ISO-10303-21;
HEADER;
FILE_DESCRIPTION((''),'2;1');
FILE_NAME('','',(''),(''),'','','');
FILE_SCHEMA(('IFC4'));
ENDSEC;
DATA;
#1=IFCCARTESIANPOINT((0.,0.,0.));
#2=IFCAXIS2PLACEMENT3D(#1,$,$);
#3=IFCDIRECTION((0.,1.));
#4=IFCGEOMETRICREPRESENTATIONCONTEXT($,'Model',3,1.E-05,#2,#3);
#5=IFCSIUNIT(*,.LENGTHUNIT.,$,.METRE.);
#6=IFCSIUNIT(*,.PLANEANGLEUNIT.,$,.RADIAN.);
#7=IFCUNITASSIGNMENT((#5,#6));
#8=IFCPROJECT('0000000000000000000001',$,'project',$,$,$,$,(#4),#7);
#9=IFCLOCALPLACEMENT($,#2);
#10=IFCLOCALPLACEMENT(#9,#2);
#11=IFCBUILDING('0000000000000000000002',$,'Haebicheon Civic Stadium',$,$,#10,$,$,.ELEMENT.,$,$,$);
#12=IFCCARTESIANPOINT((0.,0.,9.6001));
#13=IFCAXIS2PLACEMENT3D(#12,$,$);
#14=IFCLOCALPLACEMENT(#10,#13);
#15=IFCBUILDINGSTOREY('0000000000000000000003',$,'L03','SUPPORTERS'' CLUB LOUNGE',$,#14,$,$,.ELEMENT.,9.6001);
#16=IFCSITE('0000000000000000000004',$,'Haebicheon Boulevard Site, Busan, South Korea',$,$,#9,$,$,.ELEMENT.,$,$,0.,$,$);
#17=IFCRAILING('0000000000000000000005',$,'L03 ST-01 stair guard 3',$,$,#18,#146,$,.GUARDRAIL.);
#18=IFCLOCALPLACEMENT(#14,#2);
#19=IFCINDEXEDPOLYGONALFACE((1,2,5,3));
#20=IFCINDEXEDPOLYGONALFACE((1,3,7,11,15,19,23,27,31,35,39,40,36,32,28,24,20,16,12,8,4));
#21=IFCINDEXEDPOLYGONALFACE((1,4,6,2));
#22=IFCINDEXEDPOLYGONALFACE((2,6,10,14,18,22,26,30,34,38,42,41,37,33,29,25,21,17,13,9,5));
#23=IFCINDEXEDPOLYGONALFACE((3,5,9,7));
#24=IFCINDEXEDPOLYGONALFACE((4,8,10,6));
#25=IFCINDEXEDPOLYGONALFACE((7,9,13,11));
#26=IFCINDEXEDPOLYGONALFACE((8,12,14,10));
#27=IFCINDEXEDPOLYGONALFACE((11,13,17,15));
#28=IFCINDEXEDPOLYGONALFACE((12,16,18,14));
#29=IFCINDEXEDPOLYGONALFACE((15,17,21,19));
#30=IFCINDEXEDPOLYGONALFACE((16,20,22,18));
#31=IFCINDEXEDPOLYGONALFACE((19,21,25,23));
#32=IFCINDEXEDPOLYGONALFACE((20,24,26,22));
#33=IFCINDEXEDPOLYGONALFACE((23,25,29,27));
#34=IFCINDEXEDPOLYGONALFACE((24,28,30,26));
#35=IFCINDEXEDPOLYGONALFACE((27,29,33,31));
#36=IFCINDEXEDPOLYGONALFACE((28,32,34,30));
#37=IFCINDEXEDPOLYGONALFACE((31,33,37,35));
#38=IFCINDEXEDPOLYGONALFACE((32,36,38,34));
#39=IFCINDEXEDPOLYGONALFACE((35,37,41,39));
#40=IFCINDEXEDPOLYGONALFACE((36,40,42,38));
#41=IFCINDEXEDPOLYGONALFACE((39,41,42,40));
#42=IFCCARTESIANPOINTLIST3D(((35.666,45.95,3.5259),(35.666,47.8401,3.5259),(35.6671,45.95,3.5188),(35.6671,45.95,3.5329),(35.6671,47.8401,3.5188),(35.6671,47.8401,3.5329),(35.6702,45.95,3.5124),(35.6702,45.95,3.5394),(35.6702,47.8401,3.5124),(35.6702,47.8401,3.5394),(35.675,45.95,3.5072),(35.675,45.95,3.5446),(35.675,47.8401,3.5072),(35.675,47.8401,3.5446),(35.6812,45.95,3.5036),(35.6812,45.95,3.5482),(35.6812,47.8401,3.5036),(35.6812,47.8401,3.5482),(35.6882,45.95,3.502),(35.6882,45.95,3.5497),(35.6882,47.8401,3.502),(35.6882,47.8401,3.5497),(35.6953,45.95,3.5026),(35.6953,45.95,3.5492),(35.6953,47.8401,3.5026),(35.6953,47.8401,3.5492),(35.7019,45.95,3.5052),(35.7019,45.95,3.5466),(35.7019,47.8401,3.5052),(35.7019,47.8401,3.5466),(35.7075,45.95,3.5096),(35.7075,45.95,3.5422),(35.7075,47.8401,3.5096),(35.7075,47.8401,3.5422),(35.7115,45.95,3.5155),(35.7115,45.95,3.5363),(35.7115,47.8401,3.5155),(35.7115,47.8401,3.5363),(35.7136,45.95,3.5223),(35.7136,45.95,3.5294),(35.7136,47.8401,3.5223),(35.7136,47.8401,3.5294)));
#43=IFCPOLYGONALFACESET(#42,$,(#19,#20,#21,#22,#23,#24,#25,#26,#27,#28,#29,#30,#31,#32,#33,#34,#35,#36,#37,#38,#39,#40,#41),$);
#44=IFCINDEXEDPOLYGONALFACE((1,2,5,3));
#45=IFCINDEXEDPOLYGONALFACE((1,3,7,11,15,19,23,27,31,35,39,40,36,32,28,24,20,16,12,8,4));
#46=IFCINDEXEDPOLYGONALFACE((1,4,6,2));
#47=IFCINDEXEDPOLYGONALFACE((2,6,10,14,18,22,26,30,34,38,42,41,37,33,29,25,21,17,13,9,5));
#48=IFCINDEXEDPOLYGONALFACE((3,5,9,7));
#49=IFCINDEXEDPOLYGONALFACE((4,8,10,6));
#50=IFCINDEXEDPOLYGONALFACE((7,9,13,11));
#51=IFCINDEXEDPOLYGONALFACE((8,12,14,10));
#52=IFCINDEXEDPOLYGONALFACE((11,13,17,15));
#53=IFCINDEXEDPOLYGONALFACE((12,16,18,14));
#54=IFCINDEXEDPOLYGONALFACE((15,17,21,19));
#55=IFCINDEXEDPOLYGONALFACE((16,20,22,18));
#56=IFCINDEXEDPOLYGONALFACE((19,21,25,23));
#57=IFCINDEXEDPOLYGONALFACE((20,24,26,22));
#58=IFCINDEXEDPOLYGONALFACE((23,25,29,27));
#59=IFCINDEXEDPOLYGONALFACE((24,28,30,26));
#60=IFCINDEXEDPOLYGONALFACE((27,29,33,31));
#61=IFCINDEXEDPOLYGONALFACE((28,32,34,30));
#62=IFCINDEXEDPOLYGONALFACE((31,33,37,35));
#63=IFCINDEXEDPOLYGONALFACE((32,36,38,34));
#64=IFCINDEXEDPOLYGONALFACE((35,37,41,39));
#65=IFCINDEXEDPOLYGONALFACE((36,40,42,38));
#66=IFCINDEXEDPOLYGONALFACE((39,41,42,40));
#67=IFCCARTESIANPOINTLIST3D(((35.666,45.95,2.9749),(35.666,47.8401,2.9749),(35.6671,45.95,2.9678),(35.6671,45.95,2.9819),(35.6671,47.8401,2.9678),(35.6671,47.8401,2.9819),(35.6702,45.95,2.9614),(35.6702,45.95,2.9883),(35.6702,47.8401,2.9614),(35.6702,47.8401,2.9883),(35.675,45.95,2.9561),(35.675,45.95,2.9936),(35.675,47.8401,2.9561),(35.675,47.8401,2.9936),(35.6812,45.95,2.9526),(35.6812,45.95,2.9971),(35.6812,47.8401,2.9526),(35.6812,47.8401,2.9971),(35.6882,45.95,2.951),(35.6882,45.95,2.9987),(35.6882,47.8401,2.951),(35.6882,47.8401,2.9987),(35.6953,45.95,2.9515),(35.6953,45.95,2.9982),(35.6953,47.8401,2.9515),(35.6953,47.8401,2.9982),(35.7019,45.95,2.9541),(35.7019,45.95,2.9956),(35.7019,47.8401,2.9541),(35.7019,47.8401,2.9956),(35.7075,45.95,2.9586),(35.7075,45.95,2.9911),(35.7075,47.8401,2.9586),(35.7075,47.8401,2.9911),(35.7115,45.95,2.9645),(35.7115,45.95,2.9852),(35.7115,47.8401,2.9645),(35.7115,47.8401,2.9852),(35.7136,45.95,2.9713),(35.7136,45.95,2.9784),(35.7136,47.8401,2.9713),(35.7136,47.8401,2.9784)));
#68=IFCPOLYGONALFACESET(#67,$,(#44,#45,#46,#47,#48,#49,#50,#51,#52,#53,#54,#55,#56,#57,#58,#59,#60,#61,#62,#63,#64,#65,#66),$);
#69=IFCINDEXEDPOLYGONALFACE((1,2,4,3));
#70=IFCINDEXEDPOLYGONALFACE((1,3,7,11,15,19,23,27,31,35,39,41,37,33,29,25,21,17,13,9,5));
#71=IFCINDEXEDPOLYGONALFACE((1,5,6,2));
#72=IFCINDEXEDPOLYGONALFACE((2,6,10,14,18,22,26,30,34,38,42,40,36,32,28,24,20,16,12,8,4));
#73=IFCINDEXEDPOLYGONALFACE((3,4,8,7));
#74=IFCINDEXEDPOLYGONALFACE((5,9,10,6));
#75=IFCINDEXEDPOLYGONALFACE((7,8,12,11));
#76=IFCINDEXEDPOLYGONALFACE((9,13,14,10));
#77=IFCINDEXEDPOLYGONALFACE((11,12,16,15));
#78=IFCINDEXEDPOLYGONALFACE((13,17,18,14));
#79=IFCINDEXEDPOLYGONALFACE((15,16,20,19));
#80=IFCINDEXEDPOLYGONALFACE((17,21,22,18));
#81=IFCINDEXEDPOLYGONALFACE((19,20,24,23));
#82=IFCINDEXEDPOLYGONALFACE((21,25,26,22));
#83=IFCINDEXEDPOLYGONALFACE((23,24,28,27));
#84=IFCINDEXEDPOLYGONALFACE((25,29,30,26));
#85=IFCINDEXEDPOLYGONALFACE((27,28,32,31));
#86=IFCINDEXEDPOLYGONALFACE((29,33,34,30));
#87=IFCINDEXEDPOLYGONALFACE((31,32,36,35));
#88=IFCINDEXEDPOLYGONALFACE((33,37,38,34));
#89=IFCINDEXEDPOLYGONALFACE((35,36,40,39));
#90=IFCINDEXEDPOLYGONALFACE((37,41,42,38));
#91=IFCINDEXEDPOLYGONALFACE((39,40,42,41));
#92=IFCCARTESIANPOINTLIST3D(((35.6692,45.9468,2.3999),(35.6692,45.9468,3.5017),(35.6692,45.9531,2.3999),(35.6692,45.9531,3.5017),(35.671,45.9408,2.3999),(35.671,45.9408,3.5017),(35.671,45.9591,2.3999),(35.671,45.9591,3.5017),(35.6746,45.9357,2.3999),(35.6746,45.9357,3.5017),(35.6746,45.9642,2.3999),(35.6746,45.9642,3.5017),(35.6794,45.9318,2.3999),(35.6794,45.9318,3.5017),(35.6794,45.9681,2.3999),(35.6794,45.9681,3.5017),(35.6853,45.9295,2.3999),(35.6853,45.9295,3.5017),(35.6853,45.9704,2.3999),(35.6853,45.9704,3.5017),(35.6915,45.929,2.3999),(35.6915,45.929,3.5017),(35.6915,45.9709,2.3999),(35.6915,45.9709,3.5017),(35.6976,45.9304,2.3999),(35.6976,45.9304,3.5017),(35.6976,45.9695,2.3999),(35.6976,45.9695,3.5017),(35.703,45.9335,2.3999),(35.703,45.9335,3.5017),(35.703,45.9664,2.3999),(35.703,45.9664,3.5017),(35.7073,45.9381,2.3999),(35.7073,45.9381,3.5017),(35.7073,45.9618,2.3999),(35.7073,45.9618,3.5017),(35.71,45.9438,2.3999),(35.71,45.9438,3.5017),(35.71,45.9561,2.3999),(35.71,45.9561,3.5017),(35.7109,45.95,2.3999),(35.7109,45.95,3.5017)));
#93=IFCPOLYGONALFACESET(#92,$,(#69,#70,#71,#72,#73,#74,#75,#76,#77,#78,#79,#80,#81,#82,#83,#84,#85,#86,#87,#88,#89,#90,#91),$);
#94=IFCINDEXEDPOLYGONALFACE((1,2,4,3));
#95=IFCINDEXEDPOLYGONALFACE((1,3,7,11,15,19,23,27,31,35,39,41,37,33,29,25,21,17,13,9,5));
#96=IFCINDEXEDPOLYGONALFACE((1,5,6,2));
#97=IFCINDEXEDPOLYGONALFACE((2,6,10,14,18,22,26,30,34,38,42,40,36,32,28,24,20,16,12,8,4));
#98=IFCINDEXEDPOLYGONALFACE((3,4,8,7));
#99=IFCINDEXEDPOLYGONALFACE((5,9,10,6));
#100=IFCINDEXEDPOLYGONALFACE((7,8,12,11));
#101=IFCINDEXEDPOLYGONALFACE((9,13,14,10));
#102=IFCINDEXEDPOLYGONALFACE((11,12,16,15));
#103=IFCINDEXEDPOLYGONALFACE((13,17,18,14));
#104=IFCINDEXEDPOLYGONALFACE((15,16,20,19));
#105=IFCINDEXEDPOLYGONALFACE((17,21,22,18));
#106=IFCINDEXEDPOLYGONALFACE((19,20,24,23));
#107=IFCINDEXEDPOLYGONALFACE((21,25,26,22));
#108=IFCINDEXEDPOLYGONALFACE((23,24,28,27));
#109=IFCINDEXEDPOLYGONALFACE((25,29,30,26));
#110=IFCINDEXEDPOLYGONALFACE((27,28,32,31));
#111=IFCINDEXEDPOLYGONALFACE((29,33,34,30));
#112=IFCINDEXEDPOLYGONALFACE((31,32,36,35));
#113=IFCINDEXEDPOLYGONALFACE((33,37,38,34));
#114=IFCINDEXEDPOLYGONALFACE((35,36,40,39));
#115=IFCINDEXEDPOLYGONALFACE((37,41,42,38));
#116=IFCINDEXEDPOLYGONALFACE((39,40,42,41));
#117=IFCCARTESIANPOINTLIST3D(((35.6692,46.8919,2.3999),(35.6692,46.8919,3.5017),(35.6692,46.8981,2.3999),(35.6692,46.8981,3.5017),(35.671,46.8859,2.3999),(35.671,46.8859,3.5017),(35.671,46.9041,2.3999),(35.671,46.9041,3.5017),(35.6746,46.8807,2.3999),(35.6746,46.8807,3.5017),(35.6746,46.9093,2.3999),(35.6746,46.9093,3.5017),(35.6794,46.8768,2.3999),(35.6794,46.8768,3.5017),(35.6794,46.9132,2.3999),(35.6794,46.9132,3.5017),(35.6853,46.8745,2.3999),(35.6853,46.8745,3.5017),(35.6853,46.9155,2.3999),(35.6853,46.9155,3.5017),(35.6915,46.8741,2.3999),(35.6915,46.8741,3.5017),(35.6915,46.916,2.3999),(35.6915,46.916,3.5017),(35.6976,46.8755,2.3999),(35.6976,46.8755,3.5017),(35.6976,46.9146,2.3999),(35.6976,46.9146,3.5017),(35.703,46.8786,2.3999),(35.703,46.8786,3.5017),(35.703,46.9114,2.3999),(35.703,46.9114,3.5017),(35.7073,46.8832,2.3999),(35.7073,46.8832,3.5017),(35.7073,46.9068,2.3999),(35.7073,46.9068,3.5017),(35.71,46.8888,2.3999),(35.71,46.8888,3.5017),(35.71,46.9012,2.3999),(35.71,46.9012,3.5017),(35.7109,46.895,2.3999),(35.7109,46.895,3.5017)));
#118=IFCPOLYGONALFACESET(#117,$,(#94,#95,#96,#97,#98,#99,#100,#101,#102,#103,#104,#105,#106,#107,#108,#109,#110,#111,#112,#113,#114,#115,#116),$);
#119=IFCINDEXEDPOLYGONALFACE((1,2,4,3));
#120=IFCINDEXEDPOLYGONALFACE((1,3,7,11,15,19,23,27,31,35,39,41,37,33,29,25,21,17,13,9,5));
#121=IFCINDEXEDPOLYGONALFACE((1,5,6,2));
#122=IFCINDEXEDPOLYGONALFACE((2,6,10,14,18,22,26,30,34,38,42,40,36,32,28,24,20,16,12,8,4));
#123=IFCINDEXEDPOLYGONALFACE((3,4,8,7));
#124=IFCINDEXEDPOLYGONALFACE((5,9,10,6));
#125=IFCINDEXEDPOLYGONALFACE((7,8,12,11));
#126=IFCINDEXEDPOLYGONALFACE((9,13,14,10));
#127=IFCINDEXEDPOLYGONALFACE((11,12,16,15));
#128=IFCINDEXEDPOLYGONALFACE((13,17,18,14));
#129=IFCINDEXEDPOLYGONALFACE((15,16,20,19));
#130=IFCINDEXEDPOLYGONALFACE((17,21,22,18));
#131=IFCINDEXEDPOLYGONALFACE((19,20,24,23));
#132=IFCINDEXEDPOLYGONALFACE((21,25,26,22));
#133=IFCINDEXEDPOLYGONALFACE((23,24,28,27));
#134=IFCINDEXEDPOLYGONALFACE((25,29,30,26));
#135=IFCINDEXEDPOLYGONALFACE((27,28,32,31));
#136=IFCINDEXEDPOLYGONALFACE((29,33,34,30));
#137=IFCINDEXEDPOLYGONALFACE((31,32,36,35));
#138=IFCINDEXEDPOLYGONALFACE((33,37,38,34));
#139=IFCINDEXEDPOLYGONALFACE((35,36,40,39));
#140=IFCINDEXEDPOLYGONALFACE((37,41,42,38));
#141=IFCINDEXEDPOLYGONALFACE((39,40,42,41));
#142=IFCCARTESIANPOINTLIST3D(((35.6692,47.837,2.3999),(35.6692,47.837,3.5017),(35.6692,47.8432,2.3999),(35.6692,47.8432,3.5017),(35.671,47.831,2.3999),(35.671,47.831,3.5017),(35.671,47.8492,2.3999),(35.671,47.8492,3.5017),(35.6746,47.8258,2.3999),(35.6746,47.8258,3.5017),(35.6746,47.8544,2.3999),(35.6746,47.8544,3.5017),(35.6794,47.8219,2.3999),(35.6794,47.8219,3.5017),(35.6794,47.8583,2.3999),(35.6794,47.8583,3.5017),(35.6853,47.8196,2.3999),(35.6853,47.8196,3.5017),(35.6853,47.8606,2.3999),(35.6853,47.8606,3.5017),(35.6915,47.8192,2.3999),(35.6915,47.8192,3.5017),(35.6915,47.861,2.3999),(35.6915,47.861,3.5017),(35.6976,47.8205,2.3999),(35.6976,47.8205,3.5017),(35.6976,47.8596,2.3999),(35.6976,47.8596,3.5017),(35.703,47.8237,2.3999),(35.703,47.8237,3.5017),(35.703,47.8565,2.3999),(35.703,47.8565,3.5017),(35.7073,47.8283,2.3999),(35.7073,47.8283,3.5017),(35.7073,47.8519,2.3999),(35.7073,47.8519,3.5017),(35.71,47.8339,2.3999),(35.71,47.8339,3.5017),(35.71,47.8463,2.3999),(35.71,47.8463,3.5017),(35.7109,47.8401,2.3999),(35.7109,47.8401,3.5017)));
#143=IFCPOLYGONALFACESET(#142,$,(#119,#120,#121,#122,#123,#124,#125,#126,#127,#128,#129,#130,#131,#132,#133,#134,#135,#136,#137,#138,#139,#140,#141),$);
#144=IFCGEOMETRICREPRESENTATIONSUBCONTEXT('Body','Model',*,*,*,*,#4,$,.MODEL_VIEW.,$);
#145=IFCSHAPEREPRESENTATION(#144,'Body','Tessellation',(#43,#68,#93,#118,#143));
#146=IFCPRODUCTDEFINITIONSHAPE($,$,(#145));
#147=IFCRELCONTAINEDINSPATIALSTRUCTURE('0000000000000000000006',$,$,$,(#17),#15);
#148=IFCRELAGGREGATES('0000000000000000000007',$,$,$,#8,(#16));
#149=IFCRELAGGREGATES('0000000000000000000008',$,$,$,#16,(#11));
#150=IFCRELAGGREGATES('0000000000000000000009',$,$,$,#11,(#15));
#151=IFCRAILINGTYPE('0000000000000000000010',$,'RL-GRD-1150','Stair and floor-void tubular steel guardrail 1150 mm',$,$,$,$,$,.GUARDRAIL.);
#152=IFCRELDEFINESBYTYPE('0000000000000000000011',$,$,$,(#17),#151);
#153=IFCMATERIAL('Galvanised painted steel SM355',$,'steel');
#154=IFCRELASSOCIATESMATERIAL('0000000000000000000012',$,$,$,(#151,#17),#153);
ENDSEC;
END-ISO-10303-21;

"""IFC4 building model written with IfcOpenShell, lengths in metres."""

from ifc_helpers import new_model, si_unit, direction, frame, origin, origin_2d, place, context, subcontext, project, spatial, circle, extrude, material, type_object, element, save


model = new_model("IFC4")

# Units and contexts
model_context = context("Model", 3, precision=1e-05, world=origin(), true_north=direction((0.0, 1.0)))
body_context = subcontext(model_context, "Body", "Model", "MODEL_VIEW")
ifc_project = project(units=[si_unit("LENGTHUNIT", "METRE"), si_unit("PLANEANGLEUNIT", "RADIAN")], contexts=[model_context])

# Site, building, storey
site_placement = place(None, origin())
site = spatial("IfcSite", under=ifc_project, at=site_placement, Name="Haebicheon Boulevard Site, Busan, South Korea", CompositionType="ELEMENT", RefElevation=0.0)
building_placement = place(site_placement, origin())
building = spatial("IfcBuilding", under=site, at=building_placement, Name="Haebicheon Civic Stadium", CompositionType="ELEMENT")
storey_placement = place(building_placement, frame((0.0, 0.0, 9.6001)))
storey = spatial("IfcBuildingStorey", under=building, at=storey_placement, Name="L03", Description="SUPPORTERS' CLUB LOUNGE", CompositionType="ELEMENT", Elevation=9.6001)

# Railing
ifc_material_1 = material(Name="Galvanised painted steel SM355", Category="steel")
railing_type_1 = type_object("IfcRailingType", Name="RL-GRD-1150", Description="Stair and floor-void tubular steel guardrail 1150 mm", PredefinedType="GUARDRAIL", material=ifc_material_1)
for number, where, name in (
    (1, (35.6899, 45.95, 2.3999), "L03 ST-01 stair guard 3"),
):
    element("IfcRailing", number, at=place(storey_placement, frame(where)), inside=storey, type_object=railing_type_1, material=ifc_material_1, Name=name, PredefinedType="GUARDRAIL", context=body_context, shape_type="SweptSolid", body=[
        extrude(circle(Radius=0.0239, at=origin_2d()), frame((0.0, 0.0, 1.126), z_axis=(0.0, 1.0, 0.0), x_axis=(-1.0, 0.0, 0.0)), (0.0, 0.0, 1.0), 1.8901),
        extrude(circle(Radius=0.0239, at=origin_2d()), frame((0.0, 0.0, 0.575), z_axis=(0.0, 1.0, 0.0), x_axis=(-1.0, 0.0, 0.0)), (0.0, 0.0, 1.0), 1.8901),
        extrude(circle(Radius=0.021, at=origin_2d()), origin(), (0.0, 0.0, 1.0), 1.1018),
        extrude(circle(Radius=0.021, at=origin_2d()), frame((0.0, 0.9451, 0.0)), (0.0, 0.0, 1.0), 1.1018),
        extrude(circle(Radius=0.021, at=origin_2d()), frame((0.0, 1.8901, 0.0)), (0.0, 0.0, 1.0), 1.1018),
    ])

save(model, "model.ifc")
